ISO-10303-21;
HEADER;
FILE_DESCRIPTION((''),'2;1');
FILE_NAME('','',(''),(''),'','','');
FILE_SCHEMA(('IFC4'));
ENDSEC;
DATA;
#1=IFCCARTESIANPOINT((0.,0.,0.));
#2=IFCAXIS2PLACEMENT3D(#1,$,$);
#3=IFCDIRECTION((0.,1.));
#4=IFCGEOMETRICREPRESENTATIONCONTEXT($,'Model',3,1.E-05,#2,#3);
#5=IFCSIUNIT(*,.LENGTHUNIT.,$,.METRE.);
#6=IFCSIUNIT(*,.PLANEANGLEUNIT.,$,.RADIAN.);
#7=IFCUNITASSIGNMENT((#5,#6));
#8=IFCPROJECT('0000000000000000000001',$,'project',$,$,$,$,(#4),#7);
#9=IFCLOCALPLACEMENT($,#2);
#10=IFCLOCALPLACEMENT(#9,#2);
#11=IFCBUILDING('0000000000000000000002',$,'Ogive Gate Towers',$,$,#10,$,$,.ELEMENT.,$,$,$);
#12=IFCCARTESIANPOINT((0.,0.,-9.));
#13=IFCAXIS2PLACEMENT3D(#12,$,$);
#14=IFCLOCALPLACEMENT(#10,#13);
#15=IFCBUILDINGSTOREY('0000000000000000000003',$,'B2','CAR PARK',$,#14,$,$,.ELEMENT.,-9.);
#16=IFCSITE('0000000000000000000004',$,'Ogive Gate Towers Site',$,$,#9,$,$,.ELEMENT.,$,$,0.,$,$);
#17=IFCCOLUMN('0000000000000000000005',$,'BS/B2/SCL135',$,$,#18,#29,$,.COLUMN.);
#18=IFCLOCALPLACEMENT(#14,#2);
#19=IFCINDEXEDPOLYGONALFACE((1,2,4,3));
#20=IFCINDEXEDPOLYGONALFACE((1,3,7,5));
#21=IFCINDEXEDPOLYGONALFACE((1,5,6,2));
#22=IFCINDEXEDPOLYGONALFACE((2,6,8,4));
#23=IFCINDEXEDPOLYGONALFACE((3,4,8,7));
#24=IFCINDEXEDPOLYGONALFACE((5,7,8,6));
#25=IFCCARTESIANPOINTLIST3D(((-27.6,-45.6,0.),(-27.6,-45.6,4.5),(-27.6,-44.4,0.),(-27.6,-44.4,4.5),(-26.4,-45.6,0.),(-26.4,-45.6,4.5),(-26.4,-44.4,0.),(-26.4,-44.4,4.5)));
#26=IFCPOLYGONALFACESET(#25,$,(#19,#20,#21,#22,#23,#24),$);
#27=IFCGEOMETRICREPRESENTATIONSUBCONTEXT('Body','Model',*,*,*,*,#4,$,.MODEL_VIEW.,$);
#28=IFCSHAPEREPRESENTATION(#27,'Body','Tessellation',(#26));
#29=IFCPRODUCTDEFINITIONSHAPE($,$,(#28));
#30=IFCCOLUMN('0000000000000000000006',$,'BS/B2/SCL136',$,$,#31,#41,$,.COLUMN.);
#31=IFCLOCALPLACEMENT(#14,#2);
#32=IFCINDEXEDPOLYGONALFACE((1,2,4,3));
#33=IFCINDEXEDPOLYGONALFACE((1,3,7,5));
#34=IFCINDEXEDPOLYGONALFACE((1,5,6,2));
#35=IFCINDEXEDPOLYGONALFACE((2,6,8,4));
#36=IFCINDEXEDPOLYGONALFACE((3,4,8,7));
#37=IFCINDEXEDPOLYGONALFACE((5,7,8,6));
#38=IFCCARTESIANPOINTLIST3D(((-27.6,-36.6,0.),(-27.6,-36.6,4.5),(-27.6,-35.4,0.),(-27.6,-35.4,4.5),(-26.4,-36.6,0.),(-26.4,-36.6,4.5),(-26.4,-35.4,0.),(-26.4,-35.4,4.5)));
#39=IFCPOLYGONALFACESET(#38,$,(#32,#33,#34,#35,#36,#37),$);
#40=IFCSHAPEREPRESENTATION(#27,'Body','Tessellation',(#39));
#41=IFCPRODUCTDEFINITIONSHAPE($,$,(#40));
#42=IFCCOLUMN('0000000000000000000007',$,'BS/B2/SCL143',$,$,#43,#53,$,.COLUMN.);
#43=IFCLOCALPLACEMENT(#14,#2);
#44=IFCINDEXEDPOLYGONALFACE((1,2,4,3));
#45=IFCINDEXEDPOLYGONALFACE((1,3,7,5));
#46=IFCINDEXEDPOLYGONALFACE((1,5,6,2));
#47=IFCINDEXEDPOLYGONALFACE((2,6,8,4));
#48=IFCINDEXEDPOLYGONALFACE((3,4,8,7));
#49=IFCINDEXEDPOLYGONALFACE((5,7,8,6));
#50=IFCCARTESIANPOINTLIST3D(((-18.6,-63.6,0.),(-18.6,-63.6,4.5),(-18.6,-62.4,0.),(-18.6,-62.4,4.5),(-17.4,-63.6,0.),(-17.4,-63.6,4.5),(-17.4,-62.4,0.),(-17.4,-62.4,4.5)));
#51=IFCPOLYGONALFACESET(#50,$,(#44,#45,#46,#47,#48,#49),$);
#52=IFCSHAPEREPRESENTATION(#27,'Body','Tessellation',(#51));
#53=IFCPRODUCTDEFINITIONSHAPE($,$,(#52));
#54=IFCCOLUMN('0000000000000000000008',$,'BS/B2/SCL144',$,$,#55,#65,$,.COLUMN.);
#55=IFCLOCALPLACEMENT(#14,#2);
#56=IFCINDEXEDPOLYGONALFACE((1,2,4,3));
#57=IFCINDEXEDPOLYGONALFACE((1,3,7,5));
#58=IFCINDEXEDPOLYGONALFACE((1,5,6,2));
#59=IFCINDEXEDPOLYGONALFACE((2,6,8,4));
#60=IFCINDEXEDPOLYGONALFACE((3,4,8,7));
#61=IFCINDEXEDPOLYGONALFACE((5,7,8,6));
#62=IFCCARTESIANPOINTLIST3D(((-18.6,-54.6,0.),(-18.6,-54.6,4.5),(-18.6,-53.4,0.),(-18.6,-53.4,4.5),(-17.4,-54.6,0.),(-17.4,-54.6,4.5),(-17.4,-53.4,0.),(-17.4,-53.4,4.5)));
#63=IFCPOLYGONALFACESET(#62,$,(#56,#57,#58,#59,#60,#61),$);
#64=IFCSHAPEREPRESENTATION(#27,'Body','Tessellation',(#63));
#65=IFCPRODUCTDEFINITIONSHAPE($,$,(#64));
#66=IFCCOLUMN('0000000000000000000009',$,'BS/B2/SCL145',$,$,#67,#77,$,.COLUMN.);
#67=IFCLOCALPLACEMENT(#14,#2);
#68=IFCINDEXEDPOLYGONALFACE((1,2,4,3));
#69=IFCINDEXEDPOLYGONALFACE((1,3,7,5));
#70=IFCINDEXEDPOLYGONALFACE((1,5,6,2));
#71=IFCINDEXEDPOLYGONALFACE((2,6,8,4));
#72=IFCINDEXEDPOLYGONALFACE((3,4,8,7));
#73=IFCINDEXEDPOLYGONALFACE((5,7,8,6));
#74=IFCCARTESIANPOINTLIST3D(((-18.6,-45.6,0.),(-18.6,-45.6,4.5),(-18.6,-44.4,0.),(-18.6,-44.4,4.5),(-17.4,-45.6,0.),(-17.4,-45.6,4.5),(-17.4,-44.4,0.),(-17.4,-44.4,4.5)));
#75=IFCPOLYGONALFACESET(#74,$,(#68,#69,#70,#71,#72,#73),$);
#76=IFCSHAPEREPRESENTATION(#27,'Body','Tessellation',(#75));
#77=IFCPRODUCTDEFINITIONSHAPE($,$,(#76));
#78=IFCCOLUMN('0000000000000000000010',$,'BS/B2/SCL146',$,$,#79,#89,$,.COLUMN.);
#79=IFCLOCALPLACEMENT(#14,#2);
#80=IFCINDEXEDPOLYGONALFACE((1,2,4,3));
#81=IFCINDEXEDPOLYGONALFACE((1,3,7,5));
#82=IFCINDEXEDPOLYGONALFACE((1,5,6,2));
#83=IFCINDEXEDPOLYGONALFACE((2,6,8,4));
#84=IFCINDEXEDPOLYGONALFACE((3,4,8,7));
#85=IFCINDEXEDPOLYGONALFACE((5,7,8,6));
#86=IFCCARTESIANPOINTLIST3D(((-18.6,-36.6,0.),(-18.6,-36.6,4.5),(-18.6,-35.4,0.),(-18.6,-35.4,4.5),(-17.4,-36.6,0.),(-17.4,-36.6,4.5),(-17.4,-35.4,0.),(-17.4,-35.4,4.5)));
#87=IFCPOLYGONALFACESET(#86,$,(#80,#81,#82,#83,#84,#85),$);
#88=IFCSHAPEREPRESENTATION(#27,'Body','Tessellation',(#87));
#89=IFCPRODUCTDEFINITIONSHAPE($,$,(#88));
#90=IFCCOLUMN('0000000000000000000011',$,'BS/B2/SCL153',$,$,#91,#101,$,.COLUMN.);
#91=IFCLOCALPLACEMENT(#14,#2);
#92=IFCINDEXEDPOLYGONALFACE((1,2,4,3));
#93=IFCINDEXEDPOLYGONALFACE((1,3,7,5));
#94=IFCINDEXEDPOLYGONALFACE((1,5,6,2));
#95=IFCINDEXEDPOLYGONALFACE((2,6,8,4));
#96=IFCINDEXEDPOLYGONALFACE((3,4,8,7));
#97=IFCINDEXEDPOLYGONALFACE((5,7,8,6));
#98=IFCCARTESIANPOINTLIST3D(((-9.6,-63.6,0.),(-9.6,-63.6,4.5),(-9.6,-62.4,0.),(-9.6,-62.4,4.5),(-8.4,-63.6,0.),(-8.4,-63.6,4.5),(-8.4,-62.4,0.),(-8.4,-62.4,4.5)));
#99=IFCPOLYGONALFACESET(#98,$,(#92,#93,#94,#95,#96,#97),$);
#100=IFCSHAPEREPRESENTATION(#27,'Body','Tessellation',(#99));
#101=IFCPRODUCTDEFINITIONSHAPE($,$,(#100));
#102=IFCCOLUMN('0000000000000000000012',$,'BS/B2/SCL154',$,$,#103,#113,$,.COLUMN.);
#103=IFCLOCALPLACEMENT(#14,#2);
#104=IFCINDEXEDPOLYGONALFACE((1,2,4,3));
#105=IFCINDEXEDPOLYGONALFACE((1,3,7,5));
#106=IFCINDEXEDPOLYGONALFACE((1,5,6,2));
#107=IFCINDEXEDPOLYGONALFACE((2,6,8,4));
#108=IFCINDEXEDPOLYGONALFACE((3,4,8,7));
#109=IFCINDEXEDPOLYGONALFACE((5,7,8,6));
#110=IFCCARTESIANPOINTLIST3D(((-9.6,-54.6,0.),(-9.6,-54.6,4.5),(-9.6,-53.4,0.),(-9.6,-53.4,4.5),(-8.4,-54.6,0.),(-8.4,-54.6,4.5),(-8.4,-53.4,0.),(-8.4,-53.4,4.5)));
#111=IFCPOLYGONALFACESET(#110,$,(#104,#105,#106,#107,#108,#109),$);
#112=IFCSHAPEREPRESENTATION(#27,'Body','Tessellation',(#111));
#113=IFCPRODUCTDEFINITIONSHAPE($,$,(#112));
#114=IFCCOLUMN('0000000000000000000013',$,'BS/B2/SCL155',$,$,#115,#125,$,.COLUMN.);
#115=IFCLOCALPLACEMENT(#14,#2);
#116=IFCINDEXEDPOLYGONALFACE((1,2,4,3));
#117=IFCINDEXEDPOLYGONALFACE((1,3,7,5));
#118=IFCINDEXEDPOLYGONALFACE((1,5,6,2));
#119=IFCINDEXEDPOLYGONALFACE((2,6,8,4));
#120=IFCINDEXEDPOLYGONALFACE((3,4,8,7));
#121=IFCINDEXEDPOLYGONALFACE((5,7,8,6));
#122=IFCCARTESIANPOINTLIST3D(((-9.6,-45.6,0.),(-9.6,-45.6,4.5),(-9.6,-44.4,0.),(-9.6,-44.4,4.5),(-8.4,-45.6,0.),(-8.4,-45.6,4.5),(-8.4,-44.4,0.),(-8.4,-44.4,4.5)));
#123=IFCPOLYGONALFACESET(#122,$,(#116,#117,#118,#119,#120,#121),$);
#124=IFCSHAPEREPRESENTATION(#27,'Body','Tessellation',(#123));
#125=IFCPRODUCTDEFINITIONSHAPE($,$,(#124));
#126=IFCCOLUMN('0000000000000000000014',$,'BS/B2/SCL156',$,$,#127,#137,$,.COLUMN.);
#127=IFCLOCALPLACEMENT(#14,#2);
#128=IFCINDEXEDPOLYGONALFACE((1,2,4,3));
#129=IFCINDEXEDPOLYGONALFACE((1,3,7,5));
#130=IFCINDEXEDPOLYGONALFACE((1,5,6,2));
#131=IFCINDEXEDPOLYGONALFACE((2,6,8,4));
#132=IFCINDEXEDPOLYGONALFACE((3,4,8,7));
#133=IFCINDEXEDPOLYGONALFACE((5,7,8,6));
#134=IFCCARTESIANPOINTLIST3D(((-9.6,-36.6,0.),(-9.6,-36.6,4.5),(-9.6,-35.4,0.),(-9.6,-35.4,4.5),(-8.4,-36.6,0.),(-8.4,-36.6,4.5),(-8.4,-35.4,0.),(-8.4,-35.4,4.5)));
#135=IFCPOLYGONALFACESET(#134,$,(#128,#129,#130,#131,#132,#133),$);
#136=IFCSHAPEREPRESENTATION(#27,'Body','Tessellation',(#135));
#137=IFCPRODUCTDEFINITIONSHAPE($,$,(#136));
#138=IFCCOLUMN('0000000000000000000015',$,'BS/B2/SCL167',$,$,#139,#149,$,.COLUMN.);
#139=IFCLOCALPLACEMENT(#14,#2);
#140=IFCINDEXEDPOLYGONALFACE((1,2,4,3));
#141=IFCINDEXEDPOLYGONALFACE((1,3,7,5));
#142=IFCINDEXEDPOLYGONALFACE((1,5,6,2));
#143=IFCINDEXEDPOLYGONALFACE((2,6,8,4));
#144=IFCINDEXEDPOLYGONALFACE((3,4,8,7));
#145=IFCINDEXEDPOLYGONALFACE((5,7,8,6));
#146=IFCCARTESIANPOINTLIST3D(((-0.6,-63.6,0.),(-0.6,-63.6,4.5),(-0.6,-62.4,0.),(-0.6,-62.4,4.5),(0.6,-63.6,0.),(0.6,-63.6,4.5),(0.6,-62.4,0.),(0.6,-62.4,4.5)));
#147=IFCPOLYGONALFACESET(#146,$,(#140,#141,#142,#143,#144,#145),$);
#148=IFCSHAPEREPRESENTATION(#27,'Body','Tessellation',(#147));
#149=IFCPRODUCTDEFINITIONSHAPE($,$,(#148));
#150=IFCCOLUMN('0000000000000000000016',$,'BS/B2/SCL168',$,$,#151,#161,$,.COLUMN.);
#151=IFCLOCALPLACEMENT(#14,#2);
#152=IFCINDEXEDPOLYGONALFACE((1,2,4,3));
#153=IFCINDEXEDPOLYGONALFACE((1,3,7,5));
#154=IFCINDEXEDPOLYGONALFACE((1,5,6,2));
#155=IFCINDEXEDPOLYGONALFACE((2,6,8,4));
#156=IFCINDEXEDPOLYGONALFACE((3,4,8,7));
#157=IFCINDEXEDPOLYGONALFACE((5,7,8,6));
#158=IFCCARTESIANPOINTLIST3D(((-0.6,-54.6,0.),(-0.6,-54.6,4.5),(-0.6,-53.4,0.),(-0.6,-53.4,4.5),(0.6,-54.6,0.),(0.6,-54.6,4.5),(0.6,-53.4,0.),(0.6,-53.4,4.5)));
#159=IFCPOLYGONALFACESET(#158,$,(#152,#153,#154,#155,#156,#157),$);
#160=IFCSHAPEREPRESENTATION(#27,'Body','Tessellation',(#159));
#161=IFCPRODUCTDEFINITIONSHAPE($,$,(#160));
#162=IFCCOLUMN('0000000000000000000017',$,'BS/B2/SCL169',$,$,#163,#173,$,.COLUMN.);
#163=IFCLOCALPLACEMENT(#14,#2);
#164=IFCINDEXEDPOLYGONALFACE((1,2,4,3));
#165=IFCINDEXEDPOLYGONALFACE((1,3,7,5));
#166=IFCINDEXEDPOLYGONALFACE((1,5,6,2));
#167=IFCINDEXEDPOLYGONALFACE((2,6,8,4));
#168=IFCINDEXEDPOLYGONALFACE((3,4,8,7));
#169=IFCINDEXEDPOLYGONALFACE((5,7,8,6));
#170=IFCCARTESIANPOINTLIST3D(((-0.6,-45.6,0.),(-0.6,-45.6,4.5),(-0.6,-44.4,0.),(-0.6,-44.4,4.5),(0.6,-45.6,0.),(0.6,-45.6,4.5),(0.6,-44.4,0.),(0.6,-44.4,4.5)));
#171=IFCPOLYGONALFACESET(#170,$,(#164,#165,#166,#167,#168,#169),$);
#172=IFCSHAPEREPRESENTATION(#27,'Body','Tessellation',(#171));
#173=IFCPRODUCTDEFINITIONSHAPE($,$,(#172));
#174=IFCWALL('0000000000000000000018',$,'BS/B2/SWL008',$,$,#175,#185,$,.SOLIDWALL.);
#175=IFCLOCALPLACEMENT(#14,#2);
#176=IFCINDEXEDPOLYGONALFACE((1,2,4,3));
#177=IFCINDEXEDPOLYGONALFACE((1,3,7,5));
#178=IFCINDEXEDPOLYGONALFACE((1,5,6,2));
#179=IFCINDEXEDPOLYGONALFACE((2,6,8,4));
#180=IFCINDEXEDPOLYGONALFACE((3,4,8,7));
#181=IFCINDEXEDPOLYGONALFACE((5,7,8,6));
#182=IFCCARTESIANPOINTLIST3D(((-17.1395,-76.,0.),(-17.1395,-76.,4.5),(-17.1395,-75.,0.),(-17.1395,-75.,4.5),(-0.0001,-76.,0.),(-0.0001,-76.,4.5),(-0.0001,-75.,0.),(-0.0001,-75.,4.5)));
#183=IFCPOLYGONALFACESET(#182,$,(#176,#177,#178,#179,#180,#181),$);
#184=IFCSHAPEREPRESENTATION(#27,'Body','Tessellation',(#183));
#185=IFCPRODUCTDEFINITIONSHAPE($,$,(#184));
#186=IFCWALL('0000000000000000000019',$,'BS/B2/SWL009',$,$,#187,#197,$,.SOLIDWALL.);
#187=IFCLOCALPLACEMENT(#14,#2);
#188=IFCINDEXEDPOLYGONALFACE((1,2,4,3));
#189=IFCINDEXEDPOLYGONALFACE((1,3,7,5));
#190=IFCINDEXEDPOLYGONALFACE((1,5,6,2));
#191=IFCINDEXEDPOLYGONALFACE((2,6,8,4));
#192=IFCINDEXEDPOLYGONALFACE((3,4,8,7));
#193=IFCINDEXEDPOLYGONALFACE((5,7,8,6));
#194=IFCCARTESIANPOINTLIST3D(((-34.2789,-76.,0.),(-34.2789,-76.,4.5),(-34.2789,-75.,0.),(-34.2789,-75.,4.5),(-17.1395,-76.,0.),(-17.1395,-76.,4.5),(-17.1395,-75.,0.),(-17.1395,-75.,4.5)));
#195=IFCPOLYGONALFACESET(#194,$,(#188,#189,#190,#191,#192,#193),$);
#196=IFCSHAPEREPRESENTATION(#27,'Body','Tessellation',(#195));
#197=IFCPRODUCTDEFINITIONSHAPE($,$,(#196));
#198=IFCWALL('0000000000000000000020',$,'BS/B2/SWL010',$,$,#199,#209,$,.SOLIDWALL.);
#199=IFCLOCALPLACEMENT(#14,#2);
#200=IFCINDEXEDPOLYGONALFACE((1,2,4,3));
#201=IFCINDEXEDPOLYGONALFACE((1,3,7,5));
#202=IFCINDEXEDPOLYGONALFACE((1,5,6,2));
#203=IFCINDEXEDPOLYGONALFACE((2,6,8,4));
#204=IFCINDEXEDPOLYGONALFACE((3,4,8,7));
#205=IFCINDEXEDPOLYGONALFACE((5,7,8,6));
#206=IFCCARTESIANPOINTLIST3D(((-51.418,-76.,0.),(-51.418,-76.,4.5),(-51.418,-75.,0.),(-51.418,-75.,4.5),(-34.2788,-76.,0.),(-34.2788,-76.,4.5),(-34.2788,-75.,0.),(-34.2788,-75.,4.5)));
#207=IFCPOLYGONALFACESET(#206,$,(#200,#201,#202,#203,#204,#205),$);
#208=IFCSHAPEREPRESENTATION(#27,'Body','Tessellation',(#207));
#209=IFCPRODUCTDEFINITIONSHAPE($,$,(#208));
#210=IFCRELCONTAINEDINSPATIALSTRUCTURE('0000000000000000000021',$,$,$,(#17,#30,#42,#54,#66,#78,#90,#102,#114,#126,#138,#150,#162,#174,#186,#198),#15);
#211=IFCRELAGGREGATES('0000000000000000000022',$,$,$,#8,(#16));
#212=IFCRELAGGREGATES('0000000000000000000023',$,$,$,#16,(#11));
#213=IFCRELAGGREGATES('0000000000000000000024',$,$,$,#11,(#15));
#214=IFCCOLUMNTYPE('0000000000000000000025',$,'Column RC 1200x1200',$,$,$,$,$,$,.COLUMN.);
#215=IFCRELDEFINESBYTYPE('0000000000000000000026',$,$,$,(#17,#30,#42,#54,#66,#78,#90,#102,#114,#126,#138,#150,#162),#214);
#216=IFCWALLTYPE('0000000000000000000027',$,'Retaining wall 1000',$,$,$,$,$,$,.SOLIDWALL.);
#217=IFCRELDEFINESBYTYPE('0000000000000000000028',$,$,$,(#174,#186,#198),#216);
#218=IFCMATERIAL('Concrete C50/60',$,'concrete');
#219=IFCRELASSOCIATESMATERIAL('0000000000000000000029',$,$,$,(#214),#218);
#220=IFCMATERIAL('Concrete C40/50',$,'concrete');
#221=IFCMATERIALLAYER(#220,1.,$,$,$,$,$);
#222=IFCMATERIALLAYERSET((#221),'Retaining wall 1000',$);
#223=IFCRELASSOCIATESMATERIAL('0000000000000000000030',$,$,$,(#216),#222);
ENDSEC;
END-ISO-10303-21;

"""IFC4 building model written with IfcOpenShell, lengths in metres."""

from ifc_helpers import new_model, si_unit, direction, frame, frame_2d, origin, origin_2d, place, context, subcontext, project, spatial, rectangle, extrude, material, layer, layer_set, material_profile, profile_set, type_object, element, save


model = new_model("IFC4")

# Units and contexts
model_context = context("Model", 3, precision=1e-05, world=origin(), true_north=direction((0.0, 1.0)))
body_context = subcontext(model_context, "Body", "Model", "MODEL_VIEW")
ifc_project = project(units=[si_unit("LENGTHUNIT", "METRE"), si_unit("PLANEANGLEUNIT", "RADIAN")], contexts=[model_context])

# Site, building, storey
site_placement = place(None, origin())
site = spatial("IfcSite", under=ifc_project, at=site_placement, Name="Ogive Gate Towers Site", CompositionType="ELEMENT", RefElevation=0.0)
building_placement = place(site_placement, origin())
building = spatial("IfcBuilding", under=site, at=building_placement, Name="Ogive Gate Towers", CompositionType="ELEMENT")
storey_placement = place(building_placement, frame((0.0, 0.0, -9.0)))
storey = spatial("IfcBuildingStorey", under=building, at=storey_placement, Name="B2", Description="CAR PARK", CompositionType="ELEMENT", Elevation=-9.0)

# Shared definitions
ifc_material_1 = material(Name="Concrete C40/50", Category="concrete")

# Columns
ifc_material_2 = material(Name="Concrete C50/60", Category="concrete")
ifc_material_profile_1 = material_profile(ifc_material_2, rectangle(XDim=1.2, YDim=1.2, at=origin_2d()), Name="RC 1200x1200")
ifc_profile_set_1 = profile_set([ifc_material_profile_1], Name="Concrete C50/60")
column_type = type_object("IfcColumnType", Name="Column RC 1200x1200", PredefinedType="COLUMN", material=ifc_profile_set_1)
for number, where, z_axis, x_axis, name in (
    (1, (-27.0, -45.0, 0.0), (0.0, 0.0, 1.0), (1.0, 0.0, 0.0), "BS/B2/SCL135"),
    (2, (-27.0, -36.0, 0.0), (0.0, 0.0, 1.0), (1.0, 0.0, 0.0), "BS/B2/SCL136"),
    (3, (-18.0, -63.0, 0.0), (0.0, 0.0, 1.0), (1.0, 0.0, 0.0), "BS/B2/SCL143"),
    (4, (-18.0, -54.0, 0.0), (0.0, 0.0, 1.0), (1.0, 0.0, 0.0), "BS/B2/SCL144"),
    (5, (-18.0, -45.0, 0.0), (0.0, 0.0, 1.0), (1.0, 0.0, 0.0), "BS/B2/SCL145"),
    (6, (-18.0, -36.0, 0.0), (0.0, 0.0, 1.0), (1.0, 0.0, 0.0), "BS/B2/SCL146"),
    (7, (-9.0, -63.0, 0.0), (0.0, 0.0, 1.0), (1.0, 0.0, 0.0), "BS/B2/SCL153"),
    (8, (-9.0, -54.0, 0.0), (0.0, 0.0, 1.0), (1.0, 0.0, 0.0), "BS/B2/SCL154"),
    (9, (-9.0, -45.0, 0.0), (0.0, 0.0, 1.0), (1.0, 0.0, 0.0), "BS/B2/SCL155"),
    (10, (-9.0, -36.0, 0.0), (0.0, 0.0, 1.0), (1.0, 0.0, 0.0), "BS/B2/SCL156"),
    (11, (0.0, -63.0, 0.0), (0.0, 0.0, 1.0), (1.0, 0.0, 0.0), "BS/B2/SCL167"),
    (12, (0.0, -54.0, 0.0), (0.0, 0.0, 1.0), (1.0, 0.0, 0.0), "BS/B2/SCL168"),
    (13, (0.0, -45.0, 0.0), (0.0, 0.0, 1.0), (1.0, 0.0, 0.0), "BS/B2/SCL169"),
):
    element("IfcColumn", number, at=place(storey_placement, frame(where, z_axis=z_axis, x_axis=x_axis)), inside=storey, type_object=column_type, Name=name, PredefinedType="COLUMN", context=body_context, shape_type="SweptSolid", body=[
        extrude(rectangle(XDim=1.2, YDim=1.2, at=origin_2d()), origin(), (0.0, 0.0, 1.0), 4.5),
    ])

# Walls
ifc_layer = layer(ifc_material_1, 1.0)
ifc_layer_set = layer_set([ifc_layer], Name="Retaining wall 1000")
wall_type = type_object("IfcWallType", Name="Retaining wall 1000", PredefinedType="SOLIDWALL", material=ifc_layer_set)
for number, where, z_axis, x_axis, name in (
    (14, (0.0, -75.5, 0.0), (0.0, 0.0, 1.0), (-1.0, 0.0, 0.0), "BS/B2/SWL008"),
    (15, (-17.1394, -75.5, 0.0), (0.0, 0.0, 1.0), (-1.0, 0.0, 0.0), "BS/B2/SWL009"),
):
    element("IfcWall", number, at=place(storey_placement, frame(where, z_axis=z_axis, x_axis=x_axis)), inside=storey, type_object=wall_type, Name=name, PredefinedType="SOLIDWALL", context=body_context, shape_type="SweptSolid", body=[
        extrude(rectangle(XDim=17.1394, YDim=1.0, at=frame_2d((8.5698, 0.0))), origin(), (0.0, 0.0, 1.0), 4.5),
    ])
wall_placement = place(storey_placement, frame((-34.2788, -75.5, 0.0), z_axis=(0.0, 0.0, 1.0), x_axis=(-1.0, 0.0, 0.0)))
element("IfcWall", 16, at=wall_placement, inside=storey, type_object=wall_type, Name="BS/B2/SWL010", PredefinedType="SOLIDWALL", context=body_context, shape_type="SweptSolid", body=[
    extrude(rectangle(XDim=17.1392, YDim=1.0, at=frame_2d((8.5696, 0.0))), origin(), (0.0, 0.0, 1.0), 4.5),
])

save(model, "model.ifc")
